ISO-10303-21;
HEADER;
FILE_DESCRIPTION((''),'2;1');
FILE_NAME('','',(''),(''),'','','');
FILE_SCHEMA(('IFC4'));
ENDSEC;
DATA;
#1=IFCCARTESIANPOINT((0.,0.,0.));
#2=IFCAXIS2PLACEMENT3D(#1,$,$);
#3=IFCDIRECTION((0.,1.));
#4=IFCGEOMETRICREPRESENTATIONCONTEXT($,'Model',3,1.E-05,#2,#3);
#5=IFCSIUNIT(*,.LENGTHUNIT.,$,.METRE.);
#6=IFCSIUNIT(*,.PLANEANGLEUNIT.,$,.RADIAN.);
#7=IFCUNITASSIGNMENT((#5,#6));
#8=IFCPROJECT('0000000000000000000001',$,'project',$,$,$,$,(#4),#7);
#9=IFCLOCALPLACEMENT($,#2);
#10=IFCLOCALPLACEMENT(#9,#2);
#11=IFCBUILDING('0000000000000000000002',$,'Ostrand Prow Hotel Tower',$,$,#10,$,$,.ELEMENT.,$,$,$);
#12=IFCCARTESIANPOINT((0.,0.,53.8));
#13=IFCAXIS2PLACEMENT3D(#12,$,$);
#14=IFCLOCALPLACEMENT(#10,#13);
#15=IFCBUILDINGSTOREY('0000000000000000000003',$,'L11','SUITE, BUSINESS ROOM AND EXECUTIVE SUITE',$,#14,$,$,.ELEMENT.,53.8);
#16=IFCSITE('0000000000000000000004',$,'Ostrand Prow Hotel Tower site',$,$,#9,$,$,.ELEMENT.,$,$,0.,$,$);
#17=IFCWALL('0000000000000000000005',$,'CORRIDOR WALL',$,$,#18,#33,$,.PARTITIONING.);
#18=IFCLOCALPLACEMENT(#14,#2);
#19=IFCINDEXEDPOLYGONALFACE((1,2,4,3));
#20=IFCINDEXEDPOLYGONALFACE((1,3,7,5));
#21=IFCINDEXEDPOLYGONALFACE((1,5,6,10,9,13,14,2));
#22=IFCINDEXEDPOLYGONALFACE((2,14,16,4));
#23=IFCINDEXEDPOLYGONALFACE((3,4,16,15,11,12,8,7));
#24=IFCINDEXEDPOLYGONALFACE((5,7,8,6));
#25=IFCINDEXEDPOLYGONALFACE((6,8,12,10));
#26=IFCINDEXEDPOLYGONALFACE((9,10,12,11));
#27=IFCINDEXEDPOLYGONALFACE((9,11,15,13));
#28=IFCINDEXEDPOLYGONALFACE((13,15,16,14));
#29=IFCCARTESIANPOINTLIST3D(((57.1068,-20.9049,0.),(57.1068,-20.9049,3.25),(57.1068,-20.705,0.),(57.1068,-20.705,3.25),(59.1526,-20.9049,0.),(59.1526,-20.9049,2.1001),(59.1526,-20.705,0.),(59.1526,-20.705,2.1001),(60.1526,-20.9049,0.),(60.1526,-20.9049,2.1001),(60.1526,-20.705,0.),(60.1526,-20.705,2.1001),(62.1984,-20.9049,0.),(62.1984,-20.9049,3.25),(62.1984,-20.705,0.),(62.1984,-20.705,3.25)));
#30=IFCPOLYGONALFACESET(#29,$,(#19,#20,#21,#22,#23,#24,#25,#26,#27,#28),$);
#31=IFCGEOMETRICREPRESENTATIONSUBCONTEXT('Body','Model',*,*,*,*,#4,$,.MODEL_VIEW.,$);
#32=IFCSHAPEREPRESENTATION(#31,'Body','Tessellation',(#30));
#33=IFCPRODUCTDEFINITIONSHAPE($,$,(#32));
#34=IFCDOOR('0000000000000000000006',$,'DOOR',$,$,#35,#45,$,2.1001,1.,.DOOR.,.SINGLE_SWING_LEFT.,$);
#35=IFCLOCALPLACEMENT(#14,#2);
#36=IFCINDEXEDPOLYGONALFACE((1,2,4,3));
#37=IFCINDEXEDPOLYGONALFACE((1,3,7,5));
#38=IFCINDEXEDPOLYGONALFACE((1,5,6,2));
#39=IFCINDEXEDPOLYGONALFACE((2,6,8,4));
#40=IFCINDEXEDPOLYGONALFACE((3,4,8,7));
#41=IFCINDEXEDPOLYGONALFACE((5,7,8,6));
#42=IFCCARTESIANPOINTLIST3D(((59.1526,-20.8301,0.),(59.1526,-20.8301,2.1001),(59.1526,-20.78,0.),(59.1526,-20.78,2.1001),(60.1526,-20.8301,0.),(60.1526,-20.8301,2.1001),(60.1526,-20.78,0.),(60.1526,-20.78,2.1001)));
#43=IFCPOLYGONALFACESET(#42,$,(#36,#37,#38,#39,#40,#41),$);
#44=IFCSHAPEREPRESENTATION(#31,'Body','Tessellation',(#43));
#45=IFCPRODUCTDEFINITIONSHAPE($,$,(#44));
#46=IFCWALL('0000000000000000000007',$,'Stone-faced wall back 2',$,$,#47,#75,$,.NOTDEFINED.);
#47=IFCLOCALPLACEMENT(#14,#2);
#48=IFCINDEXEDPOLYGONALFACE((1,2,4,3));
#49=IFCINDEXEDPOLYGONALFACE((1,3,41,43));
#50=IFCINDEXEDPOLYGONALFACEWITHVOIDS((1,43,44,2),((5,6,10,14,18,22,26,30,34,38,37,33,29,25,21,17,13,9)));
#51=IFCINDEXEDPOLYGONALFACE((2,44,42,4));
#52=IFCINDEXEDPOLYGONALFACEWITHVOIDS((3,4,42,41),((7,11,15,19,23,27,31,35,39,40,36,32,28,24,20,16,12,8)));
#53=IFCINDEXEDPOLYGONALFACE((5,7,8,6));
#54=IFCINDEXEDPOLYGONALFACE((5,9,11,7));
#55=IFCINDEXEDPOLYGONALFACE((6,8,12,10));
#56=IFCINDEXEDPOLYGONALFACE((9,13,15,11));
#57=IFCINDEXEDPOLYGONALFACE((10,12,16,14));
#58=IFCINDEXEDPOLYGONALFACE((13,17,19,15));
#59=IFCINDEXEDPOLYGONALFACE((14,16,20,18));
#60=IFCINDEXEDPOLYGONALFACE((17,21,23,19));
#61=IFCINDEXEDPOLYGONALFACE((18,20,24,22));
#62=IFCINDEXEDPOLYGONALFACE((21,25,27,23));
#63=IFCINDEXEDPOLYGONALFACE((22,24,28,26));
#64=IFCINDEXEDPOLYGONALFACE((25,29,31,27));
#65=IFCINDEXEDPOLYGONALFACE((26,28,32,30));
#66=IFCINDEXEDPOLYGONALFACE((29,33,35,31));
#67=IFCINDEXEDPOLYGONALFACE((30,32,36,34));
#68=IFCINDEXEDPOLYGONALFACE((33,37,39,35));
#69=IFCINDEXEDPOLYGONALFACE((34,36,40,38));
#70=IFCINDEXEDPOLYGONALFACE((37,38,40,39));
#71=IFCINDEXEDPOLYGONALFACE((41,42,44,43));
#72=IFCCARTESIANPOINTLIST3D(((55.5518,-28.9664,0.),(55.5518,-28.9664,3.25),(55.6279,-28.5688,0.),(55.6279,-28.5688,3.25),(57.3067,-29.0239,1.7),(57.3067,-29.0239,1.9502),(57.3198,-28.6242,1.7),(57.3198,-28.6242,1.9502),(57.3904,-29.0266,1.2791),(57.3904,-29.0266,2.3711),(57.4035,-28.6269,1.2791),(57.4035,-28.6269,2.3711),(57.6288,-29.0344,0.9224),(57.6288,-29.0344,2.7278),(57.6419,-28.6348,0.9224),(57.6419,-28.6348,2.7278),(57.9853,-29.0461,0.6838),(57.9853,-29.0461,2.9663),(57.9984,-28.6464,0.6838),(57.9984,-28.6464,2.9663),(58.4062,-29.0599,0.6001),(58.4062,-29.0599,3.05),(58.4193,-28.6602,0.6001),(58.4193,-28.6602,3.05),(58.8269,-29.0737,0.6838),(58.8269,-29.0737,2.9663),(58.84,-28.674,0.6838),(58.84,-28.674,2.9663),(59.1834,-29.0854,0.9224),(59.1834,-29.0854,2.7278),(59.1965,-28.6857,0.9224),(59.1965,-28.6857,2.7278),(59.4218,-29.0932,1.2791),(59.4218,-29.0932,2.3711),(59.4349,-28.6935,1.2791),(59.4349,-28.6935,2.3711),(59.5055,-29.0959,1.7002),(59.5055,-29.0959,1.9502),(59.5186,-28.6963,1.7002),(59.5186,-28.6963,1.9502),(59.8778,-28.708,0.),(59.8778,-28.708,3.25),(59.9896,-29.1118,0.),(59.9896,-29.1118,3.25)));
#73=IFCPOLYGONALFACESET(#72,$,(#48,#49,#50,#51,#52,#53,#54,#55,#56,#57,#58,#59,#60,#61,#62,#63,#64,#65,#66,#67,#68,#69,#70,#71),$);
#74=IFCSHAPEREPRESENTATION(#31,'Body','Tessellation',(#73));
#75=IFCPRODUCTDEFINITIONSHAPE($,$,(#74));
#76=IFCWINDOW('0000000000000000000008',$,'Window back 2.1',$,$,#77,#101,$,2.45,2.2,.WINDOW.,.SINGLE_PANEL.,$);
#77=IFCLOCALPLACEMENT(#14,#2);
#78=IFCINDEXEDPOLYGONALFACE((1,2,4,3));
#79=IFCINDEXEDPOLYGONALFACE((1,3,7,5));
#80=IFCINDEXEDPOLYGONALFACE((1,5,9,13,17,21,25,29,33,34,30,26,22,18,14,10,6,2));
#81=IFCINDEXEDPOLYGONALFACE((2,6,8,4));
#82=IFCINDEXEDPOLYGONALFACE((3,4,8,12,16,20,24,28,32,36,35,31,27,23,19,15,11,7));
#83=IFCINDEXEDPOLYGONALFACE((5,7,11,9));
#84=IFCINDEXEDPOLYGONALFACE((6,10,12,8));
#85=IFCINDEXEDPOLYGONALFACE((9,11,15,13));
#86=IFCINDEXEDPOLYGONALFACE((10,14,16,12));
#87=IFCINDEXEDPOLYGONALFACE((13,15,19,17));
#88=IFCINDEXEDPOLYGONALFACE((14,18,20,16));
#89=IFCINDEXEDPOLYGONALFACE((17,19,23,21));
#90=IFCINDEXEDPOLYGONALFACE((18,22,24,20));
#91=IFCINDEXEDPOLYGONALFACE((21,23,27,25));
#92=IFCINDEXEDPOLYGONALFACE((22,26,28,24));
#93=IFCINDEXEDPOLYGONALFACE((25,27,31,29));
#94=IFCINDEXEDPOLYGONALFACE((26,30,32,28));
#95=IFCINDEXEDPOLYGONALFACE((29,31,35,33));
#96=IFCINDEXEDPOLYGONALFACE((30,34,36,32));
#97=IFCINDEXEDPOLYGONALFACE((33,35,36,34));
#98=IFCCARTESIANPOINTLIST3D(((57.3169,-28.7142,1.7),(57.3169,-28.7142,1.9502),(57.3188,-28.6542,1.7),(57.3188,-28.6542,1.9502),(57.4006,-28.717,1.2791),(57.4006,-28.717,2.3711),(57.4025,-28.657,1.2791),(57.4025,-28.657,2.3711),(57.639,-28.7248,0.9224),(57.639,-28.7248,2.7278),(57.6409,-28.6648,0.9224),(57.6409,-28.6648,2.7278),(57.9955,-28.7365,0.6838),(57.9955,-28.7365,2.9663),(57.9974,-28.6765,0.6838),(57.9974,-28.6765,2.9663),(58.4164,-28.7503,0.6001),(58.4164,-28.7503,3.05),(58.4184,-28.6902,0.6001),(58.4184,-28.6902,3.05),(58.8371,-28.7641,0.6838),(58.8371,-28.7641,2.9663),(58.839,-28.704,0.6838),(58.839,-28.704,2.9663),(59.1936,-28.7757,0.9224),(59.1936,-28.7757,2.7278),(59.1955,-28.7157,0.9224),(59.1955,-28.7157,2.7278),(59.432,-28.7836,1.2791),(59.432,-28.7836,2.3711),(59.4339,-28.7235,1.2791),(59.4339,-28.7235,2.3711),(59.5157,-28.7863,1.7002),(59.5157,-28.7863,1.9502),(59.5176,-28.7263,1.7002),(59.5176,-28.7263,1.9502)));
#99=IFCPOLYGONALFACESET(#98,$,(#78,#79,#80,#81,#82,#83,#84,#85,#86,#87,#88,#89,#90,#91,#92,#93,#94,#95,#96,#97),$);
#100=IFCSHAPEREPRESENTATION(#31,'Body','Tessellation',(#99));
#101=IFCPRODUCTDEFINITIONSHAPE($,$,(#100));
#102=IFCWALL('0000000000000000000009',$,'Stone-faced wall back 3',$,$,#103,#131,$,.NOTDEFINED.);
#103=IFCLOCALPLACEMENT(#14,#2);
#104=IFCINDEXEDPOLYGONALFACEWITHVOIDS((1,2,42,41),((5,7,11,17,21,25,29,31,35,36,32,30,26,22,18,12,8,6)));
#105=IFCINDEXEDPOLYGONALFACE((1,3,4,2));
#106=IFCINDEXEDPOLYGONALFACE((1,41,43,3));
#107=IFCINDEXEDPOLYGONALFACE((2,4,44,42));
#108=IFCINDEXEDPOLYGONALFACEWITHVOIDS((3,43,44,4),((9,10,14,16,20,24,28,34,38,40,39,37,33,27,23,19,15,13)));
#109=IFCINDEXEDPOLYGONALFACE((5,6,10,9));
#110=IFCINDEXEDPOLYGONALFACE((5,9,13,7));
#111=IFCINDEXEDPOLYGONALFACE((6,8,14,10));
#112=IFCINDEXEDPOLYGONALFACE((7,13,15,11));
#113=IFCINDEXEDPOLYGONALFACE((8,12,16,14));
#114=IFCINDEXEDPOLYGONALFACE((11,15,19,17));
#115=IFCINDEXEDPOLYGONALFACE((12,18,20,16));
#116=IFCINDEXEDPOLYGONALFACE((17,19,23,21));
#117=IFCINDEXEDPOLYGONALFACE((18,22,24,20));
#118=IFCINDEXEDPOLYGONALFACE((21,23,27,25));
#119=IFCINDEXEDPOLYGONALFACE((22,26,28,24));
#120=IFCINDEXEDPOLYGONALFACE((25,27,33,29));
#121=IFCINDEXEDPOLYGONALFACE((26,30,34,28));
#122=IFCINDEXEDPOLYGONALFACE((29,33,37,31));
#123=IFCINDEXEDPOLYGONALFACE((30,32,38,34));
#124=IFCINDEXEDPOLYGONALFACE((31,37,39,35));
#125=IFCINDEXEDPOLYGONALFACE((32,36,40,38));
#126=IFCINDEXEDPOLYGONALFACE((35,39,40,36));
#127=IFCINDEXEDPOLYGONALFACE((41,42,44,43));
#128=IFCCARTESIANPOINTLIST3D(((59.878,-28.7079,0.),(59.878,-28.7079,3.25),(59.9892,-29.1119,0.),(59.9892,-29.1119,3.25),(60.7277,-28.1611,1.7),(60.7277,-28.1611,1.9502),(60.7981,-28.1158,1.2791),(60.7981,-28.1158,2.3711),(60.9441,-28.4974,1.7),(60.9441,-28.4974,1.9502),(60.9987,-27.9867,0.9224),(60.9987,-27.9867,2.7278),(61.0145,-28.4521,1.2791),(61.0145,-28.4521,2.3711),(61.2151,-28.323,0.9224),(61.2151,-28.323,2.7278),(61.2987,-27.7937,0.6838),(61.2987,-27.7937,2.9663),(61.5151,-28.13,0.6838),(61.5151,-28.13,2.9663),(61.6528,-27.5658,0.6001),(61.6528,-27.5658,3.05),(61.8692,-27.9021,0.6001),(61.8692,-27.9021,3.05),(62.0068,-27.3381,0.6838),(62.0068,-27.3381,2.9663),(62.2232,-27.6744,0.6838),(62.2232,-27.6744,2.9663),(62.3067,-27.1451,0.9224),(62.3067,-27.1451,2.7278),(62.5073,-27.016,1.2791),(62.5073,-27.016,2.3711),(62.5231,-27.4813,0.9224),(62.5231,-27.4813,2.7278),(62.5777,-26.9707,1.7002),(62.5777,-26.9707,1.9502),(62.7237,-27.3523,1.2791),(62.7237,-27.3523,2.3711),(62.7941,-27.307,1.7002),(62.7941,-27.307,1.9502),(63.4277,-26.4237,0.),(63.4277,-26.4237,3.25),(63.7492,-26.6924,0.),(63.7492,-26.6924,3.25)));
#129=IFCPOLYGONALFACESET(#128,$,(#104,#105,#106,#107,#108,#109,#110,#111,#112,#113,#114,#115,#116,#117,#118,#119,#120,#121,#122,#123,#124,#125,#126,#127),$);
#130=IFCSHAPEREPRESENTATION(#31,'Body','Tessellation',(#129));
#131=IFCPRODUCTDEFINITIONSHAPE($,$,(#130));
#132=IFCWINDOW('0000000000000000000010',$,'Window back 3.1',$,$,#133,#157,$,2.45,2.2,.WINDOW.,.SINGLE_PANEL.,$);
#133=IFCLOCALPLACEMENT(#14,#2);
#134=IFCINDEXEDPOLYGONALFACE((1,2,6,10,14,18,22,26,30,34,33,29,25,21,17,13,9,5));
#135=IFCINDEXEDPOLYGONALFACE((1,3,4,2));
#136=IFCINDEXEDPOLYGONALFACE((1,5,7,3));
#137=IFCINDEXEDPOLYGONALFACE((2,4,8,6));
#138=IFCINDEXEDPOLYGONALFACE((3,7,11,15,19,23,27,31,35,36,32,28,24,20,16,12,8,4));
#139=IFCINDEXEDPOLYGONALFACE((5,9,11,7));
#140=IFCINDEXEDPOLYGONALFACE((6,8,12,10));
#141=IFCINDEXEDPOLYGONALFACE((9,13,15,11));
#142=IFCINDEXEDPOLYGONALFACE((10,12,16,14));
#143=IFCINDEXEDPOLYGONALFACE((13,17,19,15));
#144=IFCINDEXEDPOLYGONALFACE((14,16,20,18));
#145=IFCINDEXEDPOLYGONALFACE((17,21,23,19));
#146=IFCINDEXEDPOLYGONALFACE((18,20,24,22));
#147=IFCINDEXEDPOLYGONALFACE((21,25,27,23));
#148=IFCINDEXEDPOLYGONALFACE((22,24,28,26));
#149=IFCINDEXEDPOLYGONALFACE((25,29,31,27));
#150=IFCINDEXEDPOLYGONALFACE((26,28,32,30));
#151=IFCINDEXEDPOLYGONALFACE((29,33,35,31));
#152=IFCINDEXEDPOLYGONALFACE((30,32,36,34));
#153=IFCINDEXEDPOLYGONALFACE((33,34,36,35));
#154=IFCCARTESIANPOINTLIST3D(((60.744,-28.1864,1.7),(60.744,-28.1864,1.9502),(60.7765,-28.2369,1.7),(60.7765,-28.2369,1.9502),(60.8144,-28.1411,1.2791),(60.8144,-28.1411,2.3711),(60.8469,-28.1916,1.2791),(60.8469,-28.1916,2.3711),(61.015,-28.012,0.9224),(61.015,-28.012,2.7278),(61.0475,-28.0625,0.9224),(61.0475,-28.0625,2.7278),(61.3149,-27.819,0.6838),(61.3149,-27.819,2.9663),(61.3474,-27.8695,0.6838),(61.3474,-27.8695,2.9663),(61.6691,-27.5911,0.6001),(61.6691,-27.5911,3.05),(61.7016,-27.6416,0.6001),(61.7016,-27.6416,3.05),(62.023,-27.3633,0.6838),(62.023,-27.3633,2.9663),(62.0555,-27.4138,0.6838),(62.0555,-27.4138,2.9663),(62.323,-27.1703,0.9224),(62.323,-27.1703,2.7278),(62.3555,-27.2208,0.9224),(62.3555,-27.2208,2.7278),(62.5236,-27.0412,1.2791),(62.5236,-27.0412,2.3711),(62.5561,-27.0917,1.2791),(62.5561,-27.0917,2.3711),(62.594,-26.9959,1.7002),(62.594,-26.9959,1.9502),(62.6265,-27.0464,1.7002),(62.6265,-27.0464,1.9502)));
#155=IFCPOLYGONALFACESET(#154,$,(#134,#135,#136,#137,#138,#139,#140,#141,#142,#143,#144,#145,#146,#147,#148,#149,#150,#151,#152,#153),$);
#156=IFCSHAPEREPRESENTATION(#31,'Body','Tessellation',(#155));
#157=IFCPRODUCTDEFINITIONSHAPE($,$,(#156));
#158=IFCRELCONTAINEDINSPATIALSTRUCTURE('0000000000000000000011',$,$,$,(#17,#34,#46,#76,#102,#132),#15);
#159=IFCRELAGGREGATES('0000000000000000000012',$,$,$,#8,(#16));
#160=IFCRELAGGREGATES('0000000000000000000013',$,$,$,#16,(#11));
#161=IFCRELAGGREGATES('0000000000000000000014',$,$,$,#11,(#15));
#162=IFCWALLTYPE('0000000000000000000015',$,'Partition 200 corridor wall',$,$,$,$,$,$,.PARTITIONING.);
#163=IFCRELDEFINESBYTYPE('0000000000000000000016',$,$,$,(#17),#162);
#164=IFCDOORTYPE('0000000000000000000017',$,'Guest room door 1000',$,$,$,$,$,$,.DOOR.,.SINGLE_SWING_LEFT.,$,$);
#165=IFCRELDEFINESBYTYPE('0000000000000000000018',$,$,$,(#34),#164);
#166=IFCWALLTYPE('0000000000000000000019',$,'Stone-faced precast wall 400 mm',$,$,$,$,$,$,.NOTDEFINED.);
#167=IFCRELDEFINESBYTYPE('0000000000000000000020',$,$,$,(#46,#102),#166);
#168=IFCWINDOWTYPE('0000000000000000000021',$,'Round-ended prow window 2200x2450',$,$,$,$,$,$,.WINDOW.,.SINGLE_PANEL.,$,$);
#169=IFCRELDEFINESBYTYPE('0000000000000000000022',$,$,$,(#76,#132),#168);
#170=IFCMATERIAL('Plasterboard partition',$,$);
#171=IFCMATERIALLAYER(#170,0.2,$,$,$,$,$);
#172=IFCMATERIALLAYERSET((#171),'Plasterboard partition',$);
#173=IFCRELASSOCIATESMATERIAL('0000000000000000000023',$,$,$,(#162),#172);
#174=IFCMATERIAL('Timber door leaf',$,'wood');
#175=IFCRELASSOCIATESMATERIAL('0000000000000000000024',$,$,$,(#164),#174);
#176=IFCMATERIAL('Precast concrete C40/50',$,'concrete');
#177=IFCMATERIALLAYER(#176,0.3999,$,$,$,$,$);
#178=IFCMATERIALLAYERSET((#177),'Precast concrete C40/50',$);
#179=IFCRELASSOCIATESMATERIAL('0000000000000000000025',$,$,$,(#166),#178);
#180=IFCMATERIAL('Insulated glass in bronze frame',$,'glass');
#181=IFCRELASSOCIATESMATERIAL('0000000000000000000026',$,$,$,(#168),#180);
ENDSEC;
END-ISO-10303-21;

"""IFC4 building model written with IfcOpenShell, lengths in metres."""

from ifc_helpers import new_model, si_unit, direction, frame, frame_2d, origin, place, context, subcontext, project, spatial, polyline, rectangle, outline, extrude, material, layer, layer_set, type_object, element, fill, save


model = new_model("IFC4")

# Units and contexts
model_context = context("Model", 3, precision=1e-05, world=origin(), true_north=direction((0.0, 1.0)))
body_context = subcontext(model_context, "Body", "Model", "MODEL_VIEW")
ifc_project = project(units=[si_unit("LENGTHUNIT", "METRE"), si_unit("PLANEANGLEUNIT", "RADIAN")], contexts=[model_context])

# Site, building, storey
site_placement = place(None, origin())
site = spatial("IfcSite", under=ifc_project, at=site_placement, Name="Ostrand Prow Hotel Tower site", CompositionType="ELEMENT", RefElevation=0.0)
building_placement = place(site_placement, origin())
building = spatial("IfcBuilding", under=site, at=building_placement, Name="Ostrand Prow Hotel Tower", CompositionType="ELEMENT")
storey_placement = place(building_placement, frame((0.0, 0.0, 53.8)))
storey = spatial("IfcBuildingStorey", under=building, at=storey_placement, Name="L11", Description="SUITE, BUSINESS ROOM AND EXECUTIVE SUITE", CompositionType="ELEMENT", Elevation=53.8)

# Wall, opening, door
ifc_material_1 = material(Name="Plasterboard partition")
ifc_layer_1 = layer(ifc_material_1, 0.2)
ifc_layer_set_1 = layer_set([ifc_layer_1], Name="Plasterboard partition")
wall_type_1 = type_object("IfcWallType", Name="Partition 200 corridor wall", PredefinedType="PARTITIONING", material=ifc_layer_set_1)
wall_1_placement = place(storey_placement, frame((57.1067, -20.8049, 0.0), z_axis=(0.0, 0.0, 1.0), x_axis=(1.0, 0.0, 0.0)))
wall_1 = element("IfcWall", 1, at=wall_1_placement, inside=storey, type_object=wall_type_1, Name="CORRIDOR WALL", PredefinedType="PARTITIONING", context=body_context, shape_type="SweptSolid", body=[
    extrude(rectangle(XDim=5.0916, YDim=0.2, at=frame_2d((2.5459, 0.0))), origin(), (0.0, 0.0, 1.0), 3.25),
])
opening_1_placement = place(wall_1_placement, frame((2.0459, 0.0, 0.0)))
opening_1 = element("IfcOpeningElement", 2, at=opening_1_placement, cuts=wall_1, PredefinedType="OPENING", context=body_context, shape_type="SweptSolid", body=[
    extrude(rectangle(XDim=1.0, YDim=2.1001, at=frame_2d((0.5, 1.05))), frame((0.0, 0.1099, 0.0), z_axis=(0.0, -1.0, 0.0), x_axis=(1.0, 0.0, 0.0)), (0.0, 0.0, 1.0), 0.22),
])
ifc_material_2 = material(Name="Timber door leaf", Category="wood")
door_type_1 = type_object("IfcDoorType", Name="Guest room door 1000", OperationType="SINGLE_SWING_LEFT", PredefinedType="DOOR", material=ifc_material_2)
door_1_placement = place(opening_1_placement, origin())
door_1 = element("IfcDoor", 3, at=door_1_placement, inside=storey, type_object=door_type_1, Name="DOOR", OperationType="SINGLE_SWING_LEFT", OverallHeight=2.1001, OverallWidth=1.0, PredefinedType="DOOR", context=body_context, shape_type="SweptSolid", body=[
    extrude(rectangle(XDim=1.0, YDim=2.1001, at=frame_2d((0.5, 1.05))), frame((0.0, 0.0249, 0.0), z_axis=(0.0, -1.0, 0.0), x_axis=(1.0, 0.0, 0.0)), (0.0, 0.0, 1.0), 0.05),
])
fill(opening_1, door_1)

# Walls, openings, windows
ifc_material_3 = material(Name="Precast concrete C40/50", Category="concrete")
ifc_layer_2 = layer(ifc_material_3, 0.3999)
ifc_layer_set_2 = layer_set([ifc_layer_2], Name="Precast concrete C40/50")
wall_type_2 = type_object("IfcWallType", Name="Stone-faced precast wall 400 mm", PredefinedType="NOTDEFINED", material=ifc_layer_set_2)
wall_2_placement = place(storey_placement, frame((55.5898, -28.7676, 0.0), z_axis=(0.0, 0.0, 1.0), x_axis=(0.999464, -0.03275, 0.0)))
wall_2 = element("IfcWall", 4, at=wall_2_placement, inside=storey, type_object=wall_type_2, Name="Stone-faced wall back 2", PredefinedType="NOTDEFINED", context=body_context, shape_type="SweptSolid", body=[
    extrude(outline(polyline([(-0.0315, -0.2), (4.4087, -0.2), (4.2837, 0.2), (0.0315, 0.2), (-0.0315, -0.2)])), origin(), (0.0, 0.0, 1.0), 3.25),
])
opening_2_placement = place(wall_2_placement, frame((1.7244, 0.0, 0.6001)))
opening_2 = element("IfcOpeningElement", 5, at=opening_2_placement, cuts=wall_2, PredefinedType="OPENING", context=body_context, shape_type="SweptSolid", body=[
    extrude(outline(polyline([(0.0, 1.3501), (0.0837, 1.771), (0.3223, 2.1277), (0.679, 2.3662), (1.1001, 2.45), (1.521, 2.3662), (1.8777, 2.1277), (2.1162, 1.771), (2.2, 1.3501), (2.2, 1.1001), (2.1162, 0.679), (1.8777, 0.3223), (1.521, 0.0837), (1.1001, 0.0), (0.679, 0.0837), (0.3223, 0.3223), (0.0837, 0.679), (0.0, 1.0999), (0.0, 1.3501)])), frame((0.0, 0.21, 0.0), z_axis=(0.0, -1.0, 0.0), x_axis=(1.0, 0.0, 0.0)), (0.0, 0.0, 1.0), 0.4199),
])
ifc_material_4 = material(Name="Insulated glass in bronze frame", Category="glass")
window_type_1 = type_object("IfcWindowType", Name="Round-ended prow window 2200x2450", PartitioningType="SINGLE_PANEL", PredefinedType="WINDOW", material=ifc_material_4)
window_1_placement = place(opening_2_placement, origin())
window_1 = element("IfcWindow", 6, at=window_1_placement, inside=storey, type_object=window_type_1, Name="Window back 2.1", OverallHeight=2.45, OverallWidth=2.2, PartitioningType="SINGLE_PANEL", PredefinedType="WINDOW", context=body_context, shape_type="SweptSolid", body=[
    extrude(outline(polyline([(0.0, 1.3501), (0.0837, 1.771), (0.3223, 2.1277), (0.679, 2.3662), (1.1001, 2.45), (1.521, 2.3662), (1.8777, 2.1277), (2.1162, 1.771), (2.2, 1.3501), (2.2, 1.1001), (2.1162, 0.679), (1.8777, 0.3223), (1.521, 0.0837), (1.1001, 0.0), (0.679, 0.0837), (0.3223, 0.3223), (0.0837, 0.679), (0.0, 1.0999), (0.0, 1.3501)])), frame((0.0, 0.1699, 0.0), z_axis=(0.0, -1.0, 0.0), x_axis=(1.0, 0.0, 0.0)), (0.0, 0.0, 1.0), 0.0601),
])
fill(opening_2, window_1)
wall_3_placement = place(storey_placement, frame((59.9336, -28.9099, 0.0), z_axis=(0.0, 0.0, 1.0), x_axis=(0.840937, 0.541132, 0.0)))
wall_3 = element("IfcWall", 7, at=wall_3_placement, inside=storey, type_object=wall_type_2, Name="Stone-faced wall back 3", PredefinedType="NOTDEFINED", context=body_context, shape_type="SweptSolid", body=[
    extrude(outline(polyline([(-0.0625, -0.2), (4.4087, -0.2), (4.2837, 0.2), (0.0625, 0.2), (-0.0625, -0.2)])), origin(), (0.0, 0.0, 1.0), 3.25),
])
opening_3_placement = place(wall_3_placement, frame((1.073, 0.0, 0.6001)))
opening_3 = element("IfcOpeningElement", 8, at=opening_3_placement, cuts=wall_3, PredefinedType="OPENING", context=body_context, shape_type="SweptSolid", body=[
    extrude(outline(polyline([(0.0, 1.3501), (0.0837, 1.771), (0.3223, 2.1277), (0.679, 2.3662), (1.1001, 2.45), (1.521, 2.3662), (1.8777, 2.1277), (2.1162, 1.771), (2.2, 1.3501), (2.2, 1.1001), (2.1162, 0.679), (1.8777, 0.3223), (1.521, 0.0837), (1.1001, 0.0), (0.679, 0.0837), (0.3223, 0.3223), (0.0837, 0.679), (0.0, 1.0999), (0.0, 1.3501)])), frame((0.0, 0.21, 0.0), z_axis=(0.0, -1.0, 0.0), x_axis=(1.0, 0.0, 0.0)), (0.0, 0.0, 1.0), 0.4199),
])
window_2_placement = place(opening_3_placement, origin())
window_2 = element("IfcWindow", 9, at=window_2_placement, inside=storey, type_object=window_type_1, Name="Window back 3.1", OverallHeight=2.45, OverallWidth=2.2, PartitioningType="SINGLE_PANEL", PredefinedType="WINDOW", context=body_context, shape_type="SweptSolid", body=[
    extrude(outline(polyline([(0.0, 1.3501), (0.0837, 1.771), (0.3223, 2.1277), (0.679, 2.3662), (1.1001, 2.45), (1.521, 2.3662), (1.8777, 2.1277), (2.1162, 1.771), (2.2, 1.3501), (2.2, 1.1001), (2.1162, 0.679), (1.8777, 0.3223), (1.521, 0.0837), (1.1001, 0.0), (0.679, 0.0837), (0.3223, 0.3223), (0.0837, 0.679), (0.0, 1.0999), (0.0, 1.3501)])), frame((0.0, 0.1699, 0.0), z_axis=(0.0, -1.0, 0.0), x_axis=(1.0, 0.0, 0.0)), (0.0, 0.0, 1.0), 0.0601),
])
fill(opening_3, window_2)

save(model, "model.ifc")
